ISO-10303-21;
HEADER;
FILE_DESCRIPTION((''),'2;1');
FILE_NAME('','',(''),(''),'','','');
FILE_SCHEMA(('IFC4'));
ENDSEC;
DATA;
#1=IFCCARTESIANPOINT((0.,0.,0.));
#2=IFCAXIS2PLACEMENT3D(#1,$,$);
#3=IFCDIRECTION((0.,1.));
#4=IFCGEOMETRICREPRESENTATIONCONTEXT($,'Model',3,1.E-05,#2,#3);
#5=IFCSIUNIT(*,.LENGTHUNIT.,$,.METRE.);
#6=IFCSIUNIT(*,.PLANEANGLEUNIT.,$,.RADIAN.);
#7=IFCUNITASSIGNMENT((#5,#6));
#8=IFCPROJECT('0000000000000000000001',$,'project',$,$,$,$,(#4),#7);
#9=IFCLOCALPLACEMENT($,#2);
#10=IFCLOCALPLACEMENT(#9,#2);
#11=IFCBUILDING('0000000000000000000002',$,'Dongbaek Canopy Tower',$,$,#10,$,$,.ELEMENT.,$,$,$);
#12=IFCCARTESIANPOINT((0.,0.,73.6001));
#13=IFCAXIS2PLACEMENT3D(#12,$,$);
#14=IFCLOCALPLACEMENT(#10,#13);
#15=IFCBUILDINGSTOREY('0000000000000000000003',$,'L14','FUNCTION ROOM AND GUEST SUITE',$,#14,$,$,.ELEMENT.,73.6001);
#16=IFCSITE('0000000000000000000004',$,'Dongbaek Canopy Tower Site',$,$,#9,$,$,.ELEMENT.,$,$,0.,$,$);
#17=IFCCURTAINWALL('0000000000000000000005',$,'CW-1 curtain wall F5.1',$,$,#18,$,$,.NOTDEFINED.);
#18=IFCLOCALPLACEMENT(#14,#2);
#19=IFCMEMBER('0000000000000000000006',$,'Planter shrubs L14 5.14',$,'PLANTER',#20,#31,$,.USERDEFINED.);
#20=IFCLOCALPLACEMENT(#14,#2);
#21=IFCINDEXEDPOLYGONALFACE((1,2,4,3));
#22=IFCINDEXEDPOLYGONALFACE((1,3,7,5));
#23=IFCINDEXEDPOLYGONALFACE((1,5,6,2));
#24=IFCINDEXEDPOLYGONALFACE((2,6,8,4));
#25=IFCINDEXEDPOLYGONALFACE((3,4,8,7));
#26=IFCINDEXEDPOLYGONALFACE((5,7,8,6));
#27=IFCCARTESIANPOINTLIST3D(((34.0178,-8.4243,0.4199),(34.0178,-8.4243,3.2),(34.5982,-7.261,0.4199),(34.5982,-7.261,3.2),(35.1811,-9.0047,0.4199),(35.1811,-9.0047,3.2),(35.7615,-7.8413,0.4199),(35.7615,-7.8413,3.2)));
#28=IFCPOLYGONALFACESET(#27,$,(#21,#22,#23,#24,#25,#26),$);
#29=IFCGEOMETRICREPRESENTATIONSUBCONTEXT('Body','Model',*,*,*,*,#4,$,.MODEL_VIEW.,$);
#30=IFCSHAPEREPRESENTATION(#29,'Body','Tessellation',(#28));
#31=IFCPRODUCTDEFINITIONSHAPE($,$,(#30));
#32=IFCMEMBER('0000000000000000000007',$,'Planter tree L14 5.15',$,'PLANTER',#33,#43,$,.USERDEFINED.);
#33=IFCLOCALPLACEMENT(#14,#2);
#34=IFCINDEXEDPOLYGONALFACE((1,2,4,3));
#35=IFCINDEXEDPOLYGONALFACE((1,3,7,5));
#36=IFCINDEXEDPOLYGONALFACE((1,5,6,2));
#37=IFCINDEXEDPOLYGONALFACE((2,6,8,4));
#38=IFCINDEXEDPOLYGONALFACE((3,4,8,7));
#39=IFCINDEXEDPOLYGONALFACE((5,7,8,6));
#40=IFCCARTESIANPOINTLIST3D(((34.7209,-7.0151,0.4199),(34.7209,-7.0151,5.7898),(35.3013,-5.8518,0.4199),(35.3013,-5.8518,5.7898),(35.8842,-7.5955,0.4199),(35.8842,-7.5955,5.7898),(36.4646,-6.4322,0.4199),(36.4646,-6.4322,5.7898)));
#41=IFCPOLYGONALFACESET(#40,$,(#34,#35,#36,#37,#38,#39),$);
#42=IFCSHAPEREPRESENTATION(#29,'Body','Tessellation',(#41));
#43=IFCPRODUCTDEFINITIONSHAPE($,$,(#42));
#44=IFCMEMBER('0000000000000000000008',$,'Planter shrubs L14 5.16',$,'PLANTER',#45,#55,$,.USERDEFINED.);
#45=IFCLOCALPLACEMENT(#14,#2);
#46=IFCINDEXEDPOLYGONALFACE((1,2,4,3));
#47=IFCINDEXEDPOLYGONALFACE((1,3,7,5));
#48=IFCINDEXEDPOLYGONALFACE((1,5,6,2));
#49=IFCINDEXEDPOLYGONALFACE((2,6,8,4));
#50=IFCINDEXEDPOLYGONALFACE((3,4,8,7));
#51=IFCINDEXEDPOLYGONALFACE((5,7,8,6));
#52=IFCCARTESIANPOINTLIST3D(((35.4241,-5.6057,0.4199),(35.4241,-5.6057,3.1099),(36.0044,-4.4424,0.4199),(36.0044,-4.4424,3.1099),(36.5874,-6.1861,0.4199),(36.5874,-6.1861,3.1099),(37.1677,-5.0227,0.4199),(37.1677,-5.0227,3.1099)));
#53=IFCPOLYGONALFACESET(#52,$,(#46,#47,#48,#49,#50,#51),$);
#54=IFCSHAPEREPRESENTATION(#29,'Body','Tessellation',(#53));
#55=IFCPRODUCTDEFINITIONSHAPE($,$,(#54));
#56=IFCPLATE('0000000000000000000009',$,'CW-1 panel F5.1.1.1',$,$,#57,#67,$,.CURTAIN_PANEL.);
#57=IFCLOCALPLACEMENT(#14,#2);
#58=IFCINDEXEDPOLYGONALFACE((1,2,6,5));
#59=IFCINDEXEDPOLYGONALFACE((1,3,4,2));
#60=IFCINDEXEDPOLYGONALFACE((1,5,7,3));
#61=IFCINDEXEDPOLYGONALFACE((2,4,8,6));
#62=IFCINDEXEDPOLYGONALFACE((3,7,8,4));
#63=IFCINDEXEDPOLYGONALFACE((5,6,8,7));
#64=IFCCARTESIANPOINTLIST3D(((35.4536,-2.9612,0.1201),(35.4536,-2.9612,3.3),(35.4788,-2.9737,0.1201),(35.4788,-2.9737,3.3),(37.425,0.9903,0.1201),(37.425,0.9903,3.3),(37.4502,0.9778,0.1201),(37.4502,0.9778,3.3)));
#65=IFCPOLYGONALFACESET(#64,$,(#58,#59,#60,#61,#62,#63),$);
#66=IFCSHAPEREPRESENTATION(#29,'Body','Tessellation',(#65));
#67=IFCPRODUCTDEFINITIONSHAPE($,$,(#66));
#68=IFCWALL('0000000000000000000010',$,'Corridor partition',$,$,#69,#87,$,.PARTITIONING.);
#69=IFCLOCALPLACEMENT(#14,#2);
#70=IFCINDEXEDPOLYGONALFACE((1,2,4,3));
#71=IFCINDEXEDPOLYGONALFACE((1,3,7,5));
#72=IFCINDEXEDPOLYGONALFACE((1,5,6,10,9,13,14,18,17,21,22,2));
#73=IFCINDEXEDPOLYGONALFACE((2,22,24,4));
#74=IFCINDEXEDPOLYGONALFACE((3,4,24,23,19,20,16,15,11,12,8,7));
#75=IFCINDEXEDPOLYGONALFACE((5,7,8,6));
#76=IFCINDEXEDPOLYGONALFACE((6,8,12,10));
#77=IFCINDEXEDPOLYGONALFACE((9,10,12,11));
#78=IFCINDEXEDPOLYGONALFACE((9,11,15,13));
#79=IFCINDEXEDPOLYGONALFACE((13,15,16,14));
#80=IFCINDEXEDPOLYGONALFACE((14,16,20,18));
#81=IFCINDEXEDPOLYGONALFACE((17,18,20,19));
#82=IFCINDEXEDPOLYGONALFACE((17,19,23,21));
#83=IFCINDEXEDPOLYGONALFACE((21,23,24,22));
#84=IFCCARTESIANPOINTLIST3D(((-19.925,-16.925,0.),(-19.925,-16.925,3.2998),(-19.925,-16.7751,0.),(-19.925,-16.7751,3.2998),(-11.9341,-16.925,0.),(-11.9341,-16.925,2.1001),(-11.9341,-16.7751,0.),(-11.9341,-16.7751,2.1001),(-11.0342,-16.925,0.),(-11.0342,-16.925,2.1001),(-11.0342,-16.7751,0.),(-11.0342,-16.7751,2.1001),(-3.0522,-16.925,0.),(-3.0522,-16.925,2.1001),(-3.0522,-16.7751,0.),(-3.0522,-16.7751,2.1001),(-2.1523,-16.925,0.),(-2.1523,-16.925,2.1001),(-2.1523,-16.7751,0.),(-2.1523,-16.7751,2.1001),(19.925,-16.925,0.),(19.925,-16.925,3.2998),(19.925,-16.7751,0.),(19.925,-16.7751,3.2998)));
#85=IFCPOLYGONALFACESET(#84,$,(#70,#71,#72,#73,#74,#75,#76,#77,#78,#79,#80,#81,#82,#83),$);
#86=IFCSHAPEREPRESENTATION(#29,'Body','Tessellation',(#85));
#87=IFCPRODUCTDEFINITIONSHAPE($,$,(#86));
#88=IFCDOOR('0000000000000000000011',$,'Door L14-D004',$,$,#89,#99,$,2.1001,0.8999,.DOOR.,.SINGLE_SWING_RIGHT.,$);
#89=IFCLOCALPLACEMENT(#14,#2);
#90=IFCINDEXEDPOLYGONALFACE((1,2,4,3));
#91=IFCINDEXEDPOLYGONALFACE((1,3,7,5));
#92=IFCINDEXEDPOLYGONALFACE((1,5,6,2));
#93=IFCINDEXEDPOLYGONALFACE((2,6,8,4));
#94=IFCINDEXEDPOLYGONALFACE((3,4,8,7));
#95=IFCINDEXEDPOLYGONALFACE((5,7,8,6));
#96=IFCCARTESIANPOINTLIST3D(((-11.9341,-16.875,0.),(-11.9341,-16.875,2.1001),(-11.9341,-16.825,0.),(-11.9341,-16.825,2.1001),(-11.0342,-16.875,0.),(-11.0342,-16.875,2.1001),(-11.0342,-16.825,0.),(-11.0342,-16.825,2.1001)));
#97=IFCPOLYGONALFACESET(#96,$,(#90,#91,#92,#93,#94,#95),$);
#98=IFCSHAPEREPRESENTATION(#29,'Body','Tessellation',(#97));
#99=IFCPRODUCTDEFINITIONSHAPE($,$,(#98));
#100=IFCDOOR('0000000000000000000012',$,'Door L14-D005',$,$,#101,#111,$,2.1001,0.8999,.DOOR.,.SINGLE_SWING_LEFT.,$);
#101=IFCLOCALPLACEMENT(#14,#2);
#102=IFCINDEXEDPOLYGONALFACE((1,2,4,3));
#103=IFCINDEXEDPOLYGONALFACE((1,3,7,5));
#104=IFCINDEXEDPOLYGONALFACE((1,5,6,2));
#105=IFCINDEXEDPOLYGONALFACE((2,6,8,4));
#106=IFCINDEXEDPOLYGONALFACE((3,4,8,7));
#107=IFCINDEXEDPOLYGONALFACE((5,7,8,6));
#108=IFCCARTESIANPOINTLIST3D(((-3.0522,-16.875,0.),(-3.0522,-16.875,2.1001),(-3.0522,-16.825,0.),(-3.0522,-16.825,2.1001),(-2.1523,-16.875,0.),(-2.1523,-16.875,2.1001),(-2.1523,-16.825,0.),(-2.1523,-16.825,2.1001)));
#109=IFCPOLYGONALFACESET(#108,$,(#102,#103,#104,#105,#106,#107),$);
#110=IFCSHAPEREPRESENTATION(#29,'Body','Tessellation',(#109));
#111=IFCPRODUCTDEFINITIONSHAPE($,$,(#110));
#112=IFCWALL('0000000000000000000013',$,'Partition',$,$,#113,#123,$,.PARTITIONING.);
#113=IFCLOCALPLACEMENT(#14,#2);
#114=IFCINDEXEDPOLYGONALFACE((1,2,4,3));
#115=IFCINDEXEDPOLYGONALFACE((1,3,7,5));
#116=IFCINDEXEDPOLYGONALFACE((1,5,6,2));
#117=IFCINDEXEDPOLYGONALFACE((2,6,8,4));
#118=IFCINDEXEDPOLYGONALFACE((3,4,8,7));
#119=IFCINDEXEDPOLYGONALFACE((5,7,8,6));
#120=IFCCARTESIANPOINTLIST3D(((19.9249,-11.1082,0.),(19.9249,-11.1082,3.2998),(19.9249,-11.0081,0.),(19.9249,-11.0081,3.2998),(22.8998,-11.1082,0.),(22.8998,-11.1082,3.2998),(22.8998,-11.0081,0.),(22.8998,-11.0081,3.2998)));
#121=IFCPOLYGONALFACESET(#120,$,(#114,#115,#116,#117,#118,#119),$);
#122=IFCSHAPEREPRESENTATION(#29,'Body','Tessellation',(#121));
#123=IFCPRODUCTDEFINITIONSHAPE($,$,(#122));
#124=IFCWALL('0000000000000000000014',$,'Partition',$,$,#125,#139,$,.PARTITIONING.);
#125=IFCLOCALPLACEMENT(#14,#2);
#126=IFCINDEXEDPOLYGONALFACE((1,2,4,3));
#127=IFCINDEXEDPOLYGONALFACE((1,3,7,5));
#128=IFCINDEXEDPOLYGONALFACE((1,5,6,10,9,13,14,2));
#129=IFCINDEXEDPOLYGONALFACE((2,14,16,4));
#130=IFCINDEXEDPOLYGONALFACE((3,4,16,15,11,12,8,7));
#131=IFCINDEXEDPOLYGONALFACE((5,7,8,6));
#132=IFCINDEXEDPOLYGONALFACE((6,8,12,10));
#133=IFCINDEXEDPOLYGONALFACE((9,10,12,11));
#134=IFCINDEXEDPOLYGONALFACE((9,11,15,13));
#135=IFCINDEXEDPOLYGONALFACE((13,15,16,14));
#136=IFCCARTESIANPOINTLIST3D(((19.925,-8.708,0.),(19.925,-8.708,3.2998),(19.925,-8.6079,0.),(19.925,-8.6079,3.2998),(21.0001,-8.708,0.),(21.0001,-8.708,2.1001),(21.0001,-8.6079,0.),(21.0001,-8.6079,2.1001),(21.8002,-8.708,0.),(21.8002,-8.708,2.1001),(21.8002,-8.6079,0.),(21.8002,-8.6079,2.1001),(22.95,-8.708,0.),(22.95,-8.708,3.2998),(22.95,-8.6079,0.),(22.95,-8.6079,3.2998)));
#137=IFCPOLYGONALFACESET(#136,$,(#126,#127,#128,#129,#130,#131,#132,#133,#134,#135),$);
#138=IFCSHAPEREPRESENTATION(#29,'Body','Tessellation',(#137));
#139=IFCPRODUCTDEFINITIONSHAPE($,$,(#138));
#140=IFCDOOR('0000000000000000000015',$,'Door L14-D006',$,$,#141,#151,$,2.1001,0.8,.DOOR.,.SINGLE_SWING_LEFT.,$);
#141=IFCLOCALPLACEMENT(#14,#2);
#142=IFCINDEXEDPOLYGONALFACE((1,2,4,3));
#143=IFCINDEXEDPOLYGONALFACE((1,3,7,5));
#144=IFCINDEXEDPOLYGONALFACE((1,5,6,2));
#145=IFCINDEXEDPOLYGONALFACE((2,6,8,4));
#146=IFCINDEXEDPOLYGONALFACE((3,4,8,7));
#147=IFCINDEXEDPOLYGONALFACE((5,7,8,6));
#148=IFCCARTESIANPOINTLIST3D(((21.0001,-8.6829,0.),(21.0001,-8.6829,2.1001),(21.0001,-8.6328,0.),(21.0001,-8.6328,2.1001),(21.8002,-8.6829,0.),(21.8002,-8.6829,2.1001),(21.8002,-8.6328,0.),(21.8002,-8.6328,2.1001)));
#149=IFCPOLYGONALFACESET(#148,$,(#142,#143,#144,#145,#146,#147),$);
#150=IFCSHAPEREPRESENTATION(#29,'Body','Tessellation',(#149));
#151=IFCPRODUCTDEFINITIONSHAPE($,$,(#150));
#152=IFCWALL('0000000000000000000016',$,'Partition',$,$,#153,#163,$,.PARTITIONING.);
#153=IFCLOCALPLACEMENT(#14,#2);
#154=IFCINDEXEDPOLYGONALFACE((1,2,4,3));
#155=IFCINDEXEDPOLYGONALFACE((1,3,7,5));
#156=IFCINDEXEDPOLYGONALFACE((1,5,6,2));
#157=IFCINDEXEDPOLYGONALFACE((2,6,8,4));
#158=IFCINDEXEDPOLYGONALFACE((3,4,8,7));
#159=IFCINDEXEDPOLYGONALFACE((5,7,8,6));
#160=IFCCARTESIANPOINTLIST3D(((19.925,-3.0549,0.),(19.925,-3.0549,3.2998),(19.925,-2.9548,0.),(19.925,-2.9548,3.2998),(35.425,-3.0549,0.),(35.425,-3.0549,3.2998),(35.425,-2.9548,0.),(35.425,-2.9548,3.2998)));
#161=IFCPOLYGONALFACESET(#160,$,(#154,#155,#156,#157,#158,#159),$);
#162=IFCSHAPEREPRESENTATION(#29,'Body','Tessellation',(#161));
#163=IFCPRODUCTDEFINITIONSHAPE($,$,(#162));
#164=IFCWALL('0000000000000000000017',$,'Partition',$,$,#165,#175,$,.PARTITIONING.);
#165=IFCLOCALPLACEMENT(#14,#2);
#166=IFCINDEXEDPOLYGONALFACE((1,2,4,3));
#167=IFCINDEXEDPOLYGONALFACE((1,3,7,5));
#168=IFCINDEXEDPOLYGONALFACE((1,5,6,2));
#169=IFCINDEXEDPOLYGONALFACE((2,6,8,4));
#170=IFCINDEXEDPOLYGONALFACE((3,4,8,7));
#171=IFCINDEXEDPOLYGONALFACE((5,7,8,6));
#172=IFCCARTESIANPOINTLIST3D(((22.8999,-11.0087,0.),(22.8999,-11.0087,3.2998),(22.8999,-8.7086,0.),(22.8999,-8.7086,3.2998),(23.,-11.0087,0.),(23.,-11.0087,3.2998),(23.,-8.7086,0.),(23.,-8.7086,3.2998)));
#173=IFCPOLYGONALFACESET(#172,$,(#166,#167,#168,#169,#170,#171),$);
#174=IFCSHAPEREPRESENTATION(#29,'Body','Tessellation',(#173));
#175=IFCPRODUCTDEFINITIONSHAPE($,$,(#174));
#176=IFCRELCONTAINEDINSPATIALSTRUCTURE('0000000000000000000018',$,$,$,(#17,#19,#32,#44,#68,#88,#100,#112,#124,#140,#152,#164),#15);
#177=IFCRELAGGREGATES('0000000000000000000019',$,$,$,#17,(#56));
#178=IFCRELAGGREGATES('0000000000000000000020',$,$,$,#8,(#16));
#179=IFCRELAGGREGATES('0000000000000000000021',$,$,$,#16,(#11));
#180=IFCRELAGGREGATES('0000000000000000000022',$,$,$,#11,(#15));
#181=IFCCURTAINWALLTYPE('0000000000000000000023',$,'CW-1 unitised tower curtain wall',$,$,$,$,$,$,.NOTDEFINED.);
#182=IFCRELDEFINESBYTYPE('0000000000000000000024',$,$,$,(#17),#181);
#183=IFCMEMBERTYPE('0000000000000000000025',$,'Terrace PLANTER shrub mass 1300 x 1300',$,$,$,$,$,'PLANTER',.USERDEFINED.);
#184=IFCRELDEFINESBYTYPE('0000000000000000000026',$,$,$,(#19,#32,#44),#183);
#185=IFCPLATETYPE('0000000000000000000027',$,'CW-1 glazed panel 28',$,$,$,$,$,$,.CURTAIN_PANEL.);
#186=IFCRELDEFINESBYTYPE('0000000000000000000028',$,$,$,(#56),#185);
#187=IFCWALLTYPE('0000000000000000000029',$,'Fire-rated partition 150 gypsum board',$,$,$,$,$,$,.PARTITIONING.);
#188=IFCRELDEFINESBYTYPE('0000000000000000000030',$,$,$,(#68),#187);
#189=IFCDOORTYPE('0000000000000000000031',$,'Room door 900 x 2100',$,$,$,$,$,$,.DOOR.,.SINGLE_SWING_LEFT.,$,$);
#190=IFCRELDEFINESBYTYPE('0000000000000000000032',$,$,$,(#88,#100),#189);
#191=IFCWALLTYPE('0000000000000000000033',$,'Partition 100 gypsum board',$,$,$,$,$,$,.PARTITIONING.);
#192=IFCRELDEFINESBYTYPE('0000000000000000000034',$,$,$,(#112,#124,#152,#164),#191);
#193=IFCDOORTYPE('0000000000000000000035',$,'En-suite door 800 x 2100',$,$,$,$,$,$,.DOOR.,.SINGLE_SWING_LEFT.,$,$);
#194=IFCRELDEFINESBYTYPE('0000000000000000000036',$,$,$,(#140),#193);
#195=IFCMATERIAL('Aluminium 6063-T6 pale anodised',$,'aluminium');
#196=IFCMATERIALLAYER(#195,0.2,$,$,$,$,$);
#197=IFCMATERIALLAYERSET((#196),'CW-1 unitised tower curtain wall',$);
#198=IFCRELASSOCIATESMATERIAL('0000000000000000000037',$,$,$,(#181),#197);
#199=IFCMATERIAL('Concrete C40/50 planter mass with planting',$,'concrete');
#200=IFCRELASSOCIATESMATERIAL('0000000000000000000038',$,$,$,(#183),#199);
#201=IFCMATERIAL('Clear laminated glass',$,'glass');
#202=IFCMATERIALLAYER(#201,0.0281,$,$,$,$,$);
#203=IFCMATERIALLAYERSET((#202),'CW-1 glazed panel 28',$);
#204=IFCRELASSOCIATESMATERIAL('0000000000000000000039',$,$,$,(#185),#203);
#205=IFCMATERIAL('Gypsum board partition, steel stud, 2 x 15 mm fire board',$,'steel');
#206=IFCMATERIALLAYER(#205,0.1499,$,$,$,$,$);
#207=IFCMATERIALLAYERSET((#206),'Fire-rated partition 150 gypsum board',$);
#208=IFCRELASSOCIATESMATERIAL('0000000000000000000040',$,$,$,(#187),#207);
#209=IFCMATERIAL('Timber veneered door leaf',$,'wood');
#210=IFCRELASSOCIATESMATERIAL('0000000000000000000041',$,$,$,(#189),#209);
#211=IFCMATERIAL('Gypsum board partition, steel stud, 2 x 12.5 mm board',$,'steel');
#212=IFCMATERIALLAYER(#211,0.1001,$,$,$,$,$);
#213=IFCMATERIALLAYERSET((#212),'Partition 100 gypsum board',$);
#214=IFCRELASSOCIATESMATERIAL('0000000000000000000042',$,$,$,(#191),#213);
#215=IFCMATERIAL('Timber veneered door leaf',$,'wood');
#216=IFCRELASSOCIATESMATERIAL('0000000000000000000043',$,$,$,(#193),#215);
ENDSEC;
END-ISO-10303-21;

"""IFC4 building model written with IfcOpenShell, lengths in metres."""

from ifc_helpers import new_model, si_unit, direction, frame, frame_2d, origin, origin_2d, place, context, subcontext, project, spatial, rectangle, extrude, material, layer, layer_set, material_profile, profile_set, type_object, element, fill, aggregate, save


model = new_model("IFC4")

# Units and contexts
model_context = context("Model", 3, precision=1e-05, world=origin(), true_north=direction((0.0, 1.0)))
body_context = subcontext(model_context, "Body", "Model", "MODEL_VIEW")
ifc_project = project(units=[si_unit("LENGTHUNIT", "METRE"), si_unit("PLANEANGLEUNIT", "RADIAN")], contexts=[model_context])

# Site, building, storey
site_placement = place(None, origin())
site = spatial("IfcSite", under=ifc_project, at=site_placement, Name="Dongbaek Canopy Tower Site", CompositionType="ELEMENT", RefElevation=0.0)
building_placement = place(site_placement, origin())
building = spatial("IfcBuilding", under=site, at=building_placement, Name="Dongbaek Canopy Tower", CompositionType="ELEMENT")
storey_placement = place(building_placement, frame((0.0, 0.0, 73.6001)))
storey = spatial("IfcBuildingStorey", under=building, at=storey_placement, Name="L14", Description="FUNCTION ROOM AND GUEST SUITE", CompositionType="ELEMENT", Elevation=73.6001)

# Curtain wall
ifc_material_1 = material(Name="Aluminium 6063-T6 pale anodised", Category="aluminium")
ifc_layer_1 = layer(ifc_material_1, 0.2)
ifc_layer_set_1 = layer_set([ifc_layer_1], Name="CW-1 unitised tower curtain wall")
curtain_wall_type = type_object("IfcCurtainWallType", Name="CW-1 unitised tower curtain wall", PredefinedType="NOTDEFINED", material=ifc_layer_set_1)
curtain_wall_placement = place(storey_placement, origin())
curtain_wall = element("IfcCurtainWall", 1, at=curtain_wall_placement, inside=storey, type_object=curtain_wall_type, Name="CW-1 curtain wall F5.1", PredefinedType="NOTDEFINED")

# Members
ifc_material_2 = material(Name="Concrete C40/50 planter mass with planting", Category="concrete")
ifc_material_profile_1 = material_profile(ifc_material_2, rectangle(XDim=1.3, YDim=1.3, at=origin_2d()), Name="Terrace PLANTER shrub mass 1300 x 1300")
ifc_profile_set_1 = profile_set([ifc_material_profile_1], Name="Concrete C40/50 planter mass with planting")
member_type_1 = type_object("IfcMemberType", Name="Terrace PLANTER shrub mass 1300 x 1300", ElementType="PLANTER", PredefinedType="USERDEFINED", material=ifc_profile_set_1)
member_1_placement = place(storey_placement, frame((34.8896, -8.1328, 0.4199), z_axis=(0.0, 0.0, 1.0), x_axis=(0.894823, -0.44642, 0.0)))
element("IfcMember", 2, at=member_1_placement, inside=storey, type_object=member_type_1, Name="Planter shrubs L14 5.14", ObjectType="PLANTER", PredefinedType="USERDEFINED", context=body_context, shape_type="SweptSolid", body=[
    extrude(rectangle(XDim=1.3, YDim=1.3, at=origin_2d()), origin(), (0.0, 0.0, 1.0), 2.78),
])
member_2_placement = place(storey_placement, frame((35.5928, -6.7236, 0.4199), z_axis=(0.0, 0.0, 1.0), x_axis=(0.894823, -0.44642, 0.0)))
element("IfcMember", 3, at=member_2_placement, inside=storey, type_object=member_type_1, Name="Planter tree L14 5.15", ObjectType="PLANTER", PredefinedType="USERDEFINED", context=body_context, shape_type="SweptSolid", body=[
    extrude(rectangle(XDim=1.3, YDim=1.3, at=origin_2d()), origin(), (0.0, 0.0, 1.0), 5.3699),
])
member_3_placement = place(storey_placement, frame((36.2959, -5.3142, 0.4199), z_axis=(0.0, 0.0, 1.0), x_axis=(0.894823, -0.44642, 0.0)))
element("IfcMember", 4, at=member_3_placement, inside=storey, type_object=member_type_1, Name="Planter shrubs L14 5.16", ObjectType="PLANTER", PredefinedType="USERDEFINED", context=body_context, shape_type="SweptSolid", body=[
    extrude(rectangle(XDim=1.3, YDim=1.3, at=origin_2d()), origin(), (0.0, 0.0, 1.0), 2.6899),
])

# Plate
ifc_material_3 = material(Name="Clear laminated glass", Category="glass")
ifc_layer_2 = layer(ifc_material_3, 0.0281)
ifc_layer_set_2 = layer_set([ifc_layer_2], Name="CW-1 glazed panel 28")
plate_type = type_object("IfcPlateType", Name="CW-1 glazed panel 28", PredefinedType="CURTAIN_PANEL", material=ifc_layer_set_2)
plate_placement = place(storey_placement, frame((36.4519, -0.9917, 0.1201), z_axis=(0.0, 0.0, 1.0), x_axis=(0.44642, 0.894823, 0.0)))
plate = element("IfcPlate", 5, at=plate_placement, type_object=plate_type, Name="CW-1 panel F5.1.1.1", PredefinedType="CURTAIN_PANEL", context=body_context, shape_type="SweptSolid", body=[
    extrude(rectangle(XDim=4.416, YDim=0.0281, at=origin_2d()), origin(), (0.0, 0.0, 1.0), 3.1799),
])

# Wall, openings, doors
ifc_material_4 = material(Name="Gypsum board partition, steel stud, 2 x 15 mm fire board", Category="steel")
ifc_layer_3 = layer(ifc_material_4, 0.1499)
ifc_layer_set_3 = layer_set([ifc_layer_3], Name="Fire-rated partition 150 gypsum board")
wall_type_1 = type_object("IfcWallType", Name="Fire-rated partition 150 gypsum board", PredefinedType="PARTITIONING", material=ifc_layer_set_3)
wall_1_placement = place(storey_placement, frame((19.925, -16.8501, 0.0), z_axis=(0.0, 0.0, 1.0), x_axis=(-1.0, 0.0, 0.0)))
wall_1 = element("IfcWall", 6, at=wall_1_placement, inside=storey, type_object=wall_type_1, Name="Corridor partition", PredefinedType="PARTITIONING", context=body_context, shape_type="SweptSolid", body=[
    extrude(rectangle(XDim=39.8501, YDim=0.1499, at=frame_2d((19.925, 0.0))), origin(), (0.0, 0.0, 1.0), 3.2998),
])
opening_1_placement = place(wall_1_placement, frame((30.9592, 0.0, 0.0)))
opening_1 = element("IfcOpeningElement", 7, at=opening_1_placement, cuts=wall_1, PredefinedType="OPENING", context=body_context, shape_type="SweptSolid", body=[
    extrude(rectangle(XDim=0.8999, YDim=2.1001, at=frame_2d((0.45, 1.05))), frame((0.0, 0.085, 0.0), z_axis=(0.0, -1.0, 0.0), x_axis=(1.0, 0.0, 0.0)), (0.0, 0.0, 1.0), 0.1699),
])
opening_2_placement = place(wall_1_placement, frame((22.0774, 0.0, 0.0)))
opening_2 = element("IfcOpeningElement", 8, at=opening_2_placement, cuts=wall_1, PredefinedType="OPENING", context=body_context, shape_type="SweptSolid", body=[
    extrude(rectangle(XDim=0.8999, YDim=2.1001, at=frame_2d((0.45, 1.05))), frame((0.0, 0.085, 0.0), z_axis=(0.0, -1.0, 0.0), x_axis=(1.0, 0.0, 0.0)), (0.0, 0.0, 1.0), 0.1699),
])
ifc_material_5 = material(Name="Timber veneered door leaf", Category="wood")
door_type_1 = type_object("IfcDoorType", Name="Room door 900 x 2100", OperationType="SINGLE_SWING_LEFT", PredefinedType="DOOR", material=ifc_material_5)
door_1_placement = place(opening_1_placement, origin())
door_1 = element("IfcDoor", 9, at=door_1_placement, inside=storey, type_object=door_type_1, Name="Door L14-D004", OperationType="SINGLE_SWING_RIGHT", OverallHeight=2.1001, OverallWidth=0.8999, PredefinedType="DOOR", context=body_context, shape_type="SweptSolid", body=[
    extrude(rectangle(XDim=0.8999, YDim=2.1001, at=frame_2d((0.45, 1.05))), frame((0.0, 0.0249, 0.0), z_axis=(0.0, -1.0, 0.0), x_axis=(1.0, 0.0, 0.0)), (0.0, 0.0, 1.0), 0.05),
])
fill(opening_1, door_1)
door_2_placement = place(opening_2_placement, origin())
door_2 = element("IfcDoor", 10, at=door_2_placement, inside=storey, type_object=door_type_1, Name="Door L14-D005", OperationType="SINGLE_SWING_LEFT", OverallHeight=2.1001, OverallWidth=0.8999, PredefinedType="DOOR", context=body_context, shape_type="SweptSolid", body=[
    extrude(rectangle(XDim=0.8999, YDim=2.1001, at=frame_2d((0.45, 1.05))), frame((0.0, 0.0249, 0.0), z_axis=(0.0, -1.0, 0.0), x_axis=(1.0, 0.0, 0.0)), (0.0, 0.0, 1.0), 0.05),
])
fill(opening_2, door_2)

# Wall
ifc_material_6 = material(Name="Gypsum board partition, steel stud, 2 x 12.5 mm board", Category="steel")
ifc_layer_4 = layer(ifc_material_6, 0.1001)
ifc_layer_set_4 = layer_set([ifc_layer_4], Name="Partition 100 gypsum board")
wall_type_2 = type_object("IfcWallType", Name="Partition 100 gypsum board", PredefinedType="PARTITIONING", material=ifc_layer_set_4)
wall_2_placement = place(storey_placement, frame((19.925, -11.0581, 0.0), z_axis=(0.0, 0.0, 1.0), x_axis=(1.0, 0.0, 0.0)))
element("IfcWall", 11, at=wall_2_placement, inside=storey, type_object=wall_type_2, Name="Partition", PredefinedType="PARTITIONING", context=body_context, shape_type="SweptSolid", body=[
    extrude(rectangle(XDim=2.9749, YDim=0.1001, at=frame_2d((1.4873, 0.0))), origin(), (0.0, 0.0, 1.0), 3.2998),
])

# Wall, opening, door
wall_3_placement = place(storey_placement, frame((22.95, -8.658, 0.0), z_axis=(0.0, 0.0, 1.0), x_axis=(-1.0, 0.0, 0.0)))
wall_3 = element("IfcWall", 12, at=wall_3_placement, inside=storey, type_object=wall_type_2, Name="Partition", PredefinedType="PARTITIONING", context=body_context, shape_type="SweptSolid", body=[
    extrude(rectangle(XDim=3.0249, YDim=0.1001, at=frame_2d((1.5125, 0.0))), origin(), (0.0, 0.0, 1.0), 3.2998),
])
opening_3_placement = place(wall_3_placement, frame((1.1499, 0.0, 0.0)))
opening_3 = element("IfcOpeningElement", 13, at=opening_3_placement, cuts=wall_3, PredefinedType="OPENING", context=body_context, shape_type="SweptSolid", body=[
    extrude(rectangle(XDim=0.8, YDim=2.1001, at=frame_2d((0.3999, 1.05))), frame((0.0, 0.0601, 0.0), z_axis=(0.0, -1.0, 0.0), x_axis=(1.0, 0.0, 0.0)), (0.0, 0.0, 1.0), 0.1201),
])
ifc_material_7 = material(Name="Timber veneered door leaf", Category="wood")
door_type_2 = type_object("IfcDoorType", Name="En-suite door 800 x 2100", OperationType="SINGLE_SWING_LEFT", PredefinedType="DOOR", material=ifc_material_7)
door_3_placement = place(opening_3_placement, origin())
door_3 = element("IfcDoor", 14, at=door_3_placement, inside=storey, type_object=door_type_2, Name="Door L14-D006", OperationType="SINGLE_SWING_LEFT", OverallHeight=2.1001, OverallWidth=0.8, PredefinedType="DOOR", context=body_context, shape_type="SweptSolid", body=[
    extrude(rectangle(XDim=0.8, YDim=2.1001, at=frame_2d((0.3999, 1.05))), frame((0.0, 0.0249, 0.0), z_axis=(0.0, -1.0, 0.0), x_axis=(1.0, 0.0, 0.0)), (0.0, 0.0, 1.0), 0.05),
])
fill(opening_3, door_3)

# Walls
wall_4_placement = place(storey_placement, frame((19.925, -3.0049, 0.0), z_axis=(0.0, 0.0, 1.0), x_axis=(1.0, 0.0, 0.0)))
element("IfcWall", 15, at=wall_4_placement, inside=storey, type_object=wall_type_2, Name="Partition", PredefinedType="PARTITIONING", context=body_context, shape_type="SweptSolid", body=[
    extrude(rectangle(XDim=15.5, YDim=0.1001, at=frame_2d((7.75, 0.0))), origin(), (0.0, 0.0, 1.0), 3.2998),
])
wall_5_placement = place(storey_placement, frame((22.95, -11.0085, 0.0), z_axis=(0.0, 0.0, 1.0), x_axis=(0.0, 1.0, 0.0)))
element("IfcWall", 16, at=wall_5_placement, inside=storey, type_object=wall_type_2, Name="Partition", PredefinedType="PARTITIONING", context=body_context, shape_type="SweptSolid", body=[
    extrude(rectangle(XDim=2.3, YDim=0.1001, at=frame_2d((1.1499, 0.0))), origin(), (0.0, 0.0, 1.0), 3.2998),
])

aggregate(curtain_wall, [plate])

save(model, "model.ifc")
